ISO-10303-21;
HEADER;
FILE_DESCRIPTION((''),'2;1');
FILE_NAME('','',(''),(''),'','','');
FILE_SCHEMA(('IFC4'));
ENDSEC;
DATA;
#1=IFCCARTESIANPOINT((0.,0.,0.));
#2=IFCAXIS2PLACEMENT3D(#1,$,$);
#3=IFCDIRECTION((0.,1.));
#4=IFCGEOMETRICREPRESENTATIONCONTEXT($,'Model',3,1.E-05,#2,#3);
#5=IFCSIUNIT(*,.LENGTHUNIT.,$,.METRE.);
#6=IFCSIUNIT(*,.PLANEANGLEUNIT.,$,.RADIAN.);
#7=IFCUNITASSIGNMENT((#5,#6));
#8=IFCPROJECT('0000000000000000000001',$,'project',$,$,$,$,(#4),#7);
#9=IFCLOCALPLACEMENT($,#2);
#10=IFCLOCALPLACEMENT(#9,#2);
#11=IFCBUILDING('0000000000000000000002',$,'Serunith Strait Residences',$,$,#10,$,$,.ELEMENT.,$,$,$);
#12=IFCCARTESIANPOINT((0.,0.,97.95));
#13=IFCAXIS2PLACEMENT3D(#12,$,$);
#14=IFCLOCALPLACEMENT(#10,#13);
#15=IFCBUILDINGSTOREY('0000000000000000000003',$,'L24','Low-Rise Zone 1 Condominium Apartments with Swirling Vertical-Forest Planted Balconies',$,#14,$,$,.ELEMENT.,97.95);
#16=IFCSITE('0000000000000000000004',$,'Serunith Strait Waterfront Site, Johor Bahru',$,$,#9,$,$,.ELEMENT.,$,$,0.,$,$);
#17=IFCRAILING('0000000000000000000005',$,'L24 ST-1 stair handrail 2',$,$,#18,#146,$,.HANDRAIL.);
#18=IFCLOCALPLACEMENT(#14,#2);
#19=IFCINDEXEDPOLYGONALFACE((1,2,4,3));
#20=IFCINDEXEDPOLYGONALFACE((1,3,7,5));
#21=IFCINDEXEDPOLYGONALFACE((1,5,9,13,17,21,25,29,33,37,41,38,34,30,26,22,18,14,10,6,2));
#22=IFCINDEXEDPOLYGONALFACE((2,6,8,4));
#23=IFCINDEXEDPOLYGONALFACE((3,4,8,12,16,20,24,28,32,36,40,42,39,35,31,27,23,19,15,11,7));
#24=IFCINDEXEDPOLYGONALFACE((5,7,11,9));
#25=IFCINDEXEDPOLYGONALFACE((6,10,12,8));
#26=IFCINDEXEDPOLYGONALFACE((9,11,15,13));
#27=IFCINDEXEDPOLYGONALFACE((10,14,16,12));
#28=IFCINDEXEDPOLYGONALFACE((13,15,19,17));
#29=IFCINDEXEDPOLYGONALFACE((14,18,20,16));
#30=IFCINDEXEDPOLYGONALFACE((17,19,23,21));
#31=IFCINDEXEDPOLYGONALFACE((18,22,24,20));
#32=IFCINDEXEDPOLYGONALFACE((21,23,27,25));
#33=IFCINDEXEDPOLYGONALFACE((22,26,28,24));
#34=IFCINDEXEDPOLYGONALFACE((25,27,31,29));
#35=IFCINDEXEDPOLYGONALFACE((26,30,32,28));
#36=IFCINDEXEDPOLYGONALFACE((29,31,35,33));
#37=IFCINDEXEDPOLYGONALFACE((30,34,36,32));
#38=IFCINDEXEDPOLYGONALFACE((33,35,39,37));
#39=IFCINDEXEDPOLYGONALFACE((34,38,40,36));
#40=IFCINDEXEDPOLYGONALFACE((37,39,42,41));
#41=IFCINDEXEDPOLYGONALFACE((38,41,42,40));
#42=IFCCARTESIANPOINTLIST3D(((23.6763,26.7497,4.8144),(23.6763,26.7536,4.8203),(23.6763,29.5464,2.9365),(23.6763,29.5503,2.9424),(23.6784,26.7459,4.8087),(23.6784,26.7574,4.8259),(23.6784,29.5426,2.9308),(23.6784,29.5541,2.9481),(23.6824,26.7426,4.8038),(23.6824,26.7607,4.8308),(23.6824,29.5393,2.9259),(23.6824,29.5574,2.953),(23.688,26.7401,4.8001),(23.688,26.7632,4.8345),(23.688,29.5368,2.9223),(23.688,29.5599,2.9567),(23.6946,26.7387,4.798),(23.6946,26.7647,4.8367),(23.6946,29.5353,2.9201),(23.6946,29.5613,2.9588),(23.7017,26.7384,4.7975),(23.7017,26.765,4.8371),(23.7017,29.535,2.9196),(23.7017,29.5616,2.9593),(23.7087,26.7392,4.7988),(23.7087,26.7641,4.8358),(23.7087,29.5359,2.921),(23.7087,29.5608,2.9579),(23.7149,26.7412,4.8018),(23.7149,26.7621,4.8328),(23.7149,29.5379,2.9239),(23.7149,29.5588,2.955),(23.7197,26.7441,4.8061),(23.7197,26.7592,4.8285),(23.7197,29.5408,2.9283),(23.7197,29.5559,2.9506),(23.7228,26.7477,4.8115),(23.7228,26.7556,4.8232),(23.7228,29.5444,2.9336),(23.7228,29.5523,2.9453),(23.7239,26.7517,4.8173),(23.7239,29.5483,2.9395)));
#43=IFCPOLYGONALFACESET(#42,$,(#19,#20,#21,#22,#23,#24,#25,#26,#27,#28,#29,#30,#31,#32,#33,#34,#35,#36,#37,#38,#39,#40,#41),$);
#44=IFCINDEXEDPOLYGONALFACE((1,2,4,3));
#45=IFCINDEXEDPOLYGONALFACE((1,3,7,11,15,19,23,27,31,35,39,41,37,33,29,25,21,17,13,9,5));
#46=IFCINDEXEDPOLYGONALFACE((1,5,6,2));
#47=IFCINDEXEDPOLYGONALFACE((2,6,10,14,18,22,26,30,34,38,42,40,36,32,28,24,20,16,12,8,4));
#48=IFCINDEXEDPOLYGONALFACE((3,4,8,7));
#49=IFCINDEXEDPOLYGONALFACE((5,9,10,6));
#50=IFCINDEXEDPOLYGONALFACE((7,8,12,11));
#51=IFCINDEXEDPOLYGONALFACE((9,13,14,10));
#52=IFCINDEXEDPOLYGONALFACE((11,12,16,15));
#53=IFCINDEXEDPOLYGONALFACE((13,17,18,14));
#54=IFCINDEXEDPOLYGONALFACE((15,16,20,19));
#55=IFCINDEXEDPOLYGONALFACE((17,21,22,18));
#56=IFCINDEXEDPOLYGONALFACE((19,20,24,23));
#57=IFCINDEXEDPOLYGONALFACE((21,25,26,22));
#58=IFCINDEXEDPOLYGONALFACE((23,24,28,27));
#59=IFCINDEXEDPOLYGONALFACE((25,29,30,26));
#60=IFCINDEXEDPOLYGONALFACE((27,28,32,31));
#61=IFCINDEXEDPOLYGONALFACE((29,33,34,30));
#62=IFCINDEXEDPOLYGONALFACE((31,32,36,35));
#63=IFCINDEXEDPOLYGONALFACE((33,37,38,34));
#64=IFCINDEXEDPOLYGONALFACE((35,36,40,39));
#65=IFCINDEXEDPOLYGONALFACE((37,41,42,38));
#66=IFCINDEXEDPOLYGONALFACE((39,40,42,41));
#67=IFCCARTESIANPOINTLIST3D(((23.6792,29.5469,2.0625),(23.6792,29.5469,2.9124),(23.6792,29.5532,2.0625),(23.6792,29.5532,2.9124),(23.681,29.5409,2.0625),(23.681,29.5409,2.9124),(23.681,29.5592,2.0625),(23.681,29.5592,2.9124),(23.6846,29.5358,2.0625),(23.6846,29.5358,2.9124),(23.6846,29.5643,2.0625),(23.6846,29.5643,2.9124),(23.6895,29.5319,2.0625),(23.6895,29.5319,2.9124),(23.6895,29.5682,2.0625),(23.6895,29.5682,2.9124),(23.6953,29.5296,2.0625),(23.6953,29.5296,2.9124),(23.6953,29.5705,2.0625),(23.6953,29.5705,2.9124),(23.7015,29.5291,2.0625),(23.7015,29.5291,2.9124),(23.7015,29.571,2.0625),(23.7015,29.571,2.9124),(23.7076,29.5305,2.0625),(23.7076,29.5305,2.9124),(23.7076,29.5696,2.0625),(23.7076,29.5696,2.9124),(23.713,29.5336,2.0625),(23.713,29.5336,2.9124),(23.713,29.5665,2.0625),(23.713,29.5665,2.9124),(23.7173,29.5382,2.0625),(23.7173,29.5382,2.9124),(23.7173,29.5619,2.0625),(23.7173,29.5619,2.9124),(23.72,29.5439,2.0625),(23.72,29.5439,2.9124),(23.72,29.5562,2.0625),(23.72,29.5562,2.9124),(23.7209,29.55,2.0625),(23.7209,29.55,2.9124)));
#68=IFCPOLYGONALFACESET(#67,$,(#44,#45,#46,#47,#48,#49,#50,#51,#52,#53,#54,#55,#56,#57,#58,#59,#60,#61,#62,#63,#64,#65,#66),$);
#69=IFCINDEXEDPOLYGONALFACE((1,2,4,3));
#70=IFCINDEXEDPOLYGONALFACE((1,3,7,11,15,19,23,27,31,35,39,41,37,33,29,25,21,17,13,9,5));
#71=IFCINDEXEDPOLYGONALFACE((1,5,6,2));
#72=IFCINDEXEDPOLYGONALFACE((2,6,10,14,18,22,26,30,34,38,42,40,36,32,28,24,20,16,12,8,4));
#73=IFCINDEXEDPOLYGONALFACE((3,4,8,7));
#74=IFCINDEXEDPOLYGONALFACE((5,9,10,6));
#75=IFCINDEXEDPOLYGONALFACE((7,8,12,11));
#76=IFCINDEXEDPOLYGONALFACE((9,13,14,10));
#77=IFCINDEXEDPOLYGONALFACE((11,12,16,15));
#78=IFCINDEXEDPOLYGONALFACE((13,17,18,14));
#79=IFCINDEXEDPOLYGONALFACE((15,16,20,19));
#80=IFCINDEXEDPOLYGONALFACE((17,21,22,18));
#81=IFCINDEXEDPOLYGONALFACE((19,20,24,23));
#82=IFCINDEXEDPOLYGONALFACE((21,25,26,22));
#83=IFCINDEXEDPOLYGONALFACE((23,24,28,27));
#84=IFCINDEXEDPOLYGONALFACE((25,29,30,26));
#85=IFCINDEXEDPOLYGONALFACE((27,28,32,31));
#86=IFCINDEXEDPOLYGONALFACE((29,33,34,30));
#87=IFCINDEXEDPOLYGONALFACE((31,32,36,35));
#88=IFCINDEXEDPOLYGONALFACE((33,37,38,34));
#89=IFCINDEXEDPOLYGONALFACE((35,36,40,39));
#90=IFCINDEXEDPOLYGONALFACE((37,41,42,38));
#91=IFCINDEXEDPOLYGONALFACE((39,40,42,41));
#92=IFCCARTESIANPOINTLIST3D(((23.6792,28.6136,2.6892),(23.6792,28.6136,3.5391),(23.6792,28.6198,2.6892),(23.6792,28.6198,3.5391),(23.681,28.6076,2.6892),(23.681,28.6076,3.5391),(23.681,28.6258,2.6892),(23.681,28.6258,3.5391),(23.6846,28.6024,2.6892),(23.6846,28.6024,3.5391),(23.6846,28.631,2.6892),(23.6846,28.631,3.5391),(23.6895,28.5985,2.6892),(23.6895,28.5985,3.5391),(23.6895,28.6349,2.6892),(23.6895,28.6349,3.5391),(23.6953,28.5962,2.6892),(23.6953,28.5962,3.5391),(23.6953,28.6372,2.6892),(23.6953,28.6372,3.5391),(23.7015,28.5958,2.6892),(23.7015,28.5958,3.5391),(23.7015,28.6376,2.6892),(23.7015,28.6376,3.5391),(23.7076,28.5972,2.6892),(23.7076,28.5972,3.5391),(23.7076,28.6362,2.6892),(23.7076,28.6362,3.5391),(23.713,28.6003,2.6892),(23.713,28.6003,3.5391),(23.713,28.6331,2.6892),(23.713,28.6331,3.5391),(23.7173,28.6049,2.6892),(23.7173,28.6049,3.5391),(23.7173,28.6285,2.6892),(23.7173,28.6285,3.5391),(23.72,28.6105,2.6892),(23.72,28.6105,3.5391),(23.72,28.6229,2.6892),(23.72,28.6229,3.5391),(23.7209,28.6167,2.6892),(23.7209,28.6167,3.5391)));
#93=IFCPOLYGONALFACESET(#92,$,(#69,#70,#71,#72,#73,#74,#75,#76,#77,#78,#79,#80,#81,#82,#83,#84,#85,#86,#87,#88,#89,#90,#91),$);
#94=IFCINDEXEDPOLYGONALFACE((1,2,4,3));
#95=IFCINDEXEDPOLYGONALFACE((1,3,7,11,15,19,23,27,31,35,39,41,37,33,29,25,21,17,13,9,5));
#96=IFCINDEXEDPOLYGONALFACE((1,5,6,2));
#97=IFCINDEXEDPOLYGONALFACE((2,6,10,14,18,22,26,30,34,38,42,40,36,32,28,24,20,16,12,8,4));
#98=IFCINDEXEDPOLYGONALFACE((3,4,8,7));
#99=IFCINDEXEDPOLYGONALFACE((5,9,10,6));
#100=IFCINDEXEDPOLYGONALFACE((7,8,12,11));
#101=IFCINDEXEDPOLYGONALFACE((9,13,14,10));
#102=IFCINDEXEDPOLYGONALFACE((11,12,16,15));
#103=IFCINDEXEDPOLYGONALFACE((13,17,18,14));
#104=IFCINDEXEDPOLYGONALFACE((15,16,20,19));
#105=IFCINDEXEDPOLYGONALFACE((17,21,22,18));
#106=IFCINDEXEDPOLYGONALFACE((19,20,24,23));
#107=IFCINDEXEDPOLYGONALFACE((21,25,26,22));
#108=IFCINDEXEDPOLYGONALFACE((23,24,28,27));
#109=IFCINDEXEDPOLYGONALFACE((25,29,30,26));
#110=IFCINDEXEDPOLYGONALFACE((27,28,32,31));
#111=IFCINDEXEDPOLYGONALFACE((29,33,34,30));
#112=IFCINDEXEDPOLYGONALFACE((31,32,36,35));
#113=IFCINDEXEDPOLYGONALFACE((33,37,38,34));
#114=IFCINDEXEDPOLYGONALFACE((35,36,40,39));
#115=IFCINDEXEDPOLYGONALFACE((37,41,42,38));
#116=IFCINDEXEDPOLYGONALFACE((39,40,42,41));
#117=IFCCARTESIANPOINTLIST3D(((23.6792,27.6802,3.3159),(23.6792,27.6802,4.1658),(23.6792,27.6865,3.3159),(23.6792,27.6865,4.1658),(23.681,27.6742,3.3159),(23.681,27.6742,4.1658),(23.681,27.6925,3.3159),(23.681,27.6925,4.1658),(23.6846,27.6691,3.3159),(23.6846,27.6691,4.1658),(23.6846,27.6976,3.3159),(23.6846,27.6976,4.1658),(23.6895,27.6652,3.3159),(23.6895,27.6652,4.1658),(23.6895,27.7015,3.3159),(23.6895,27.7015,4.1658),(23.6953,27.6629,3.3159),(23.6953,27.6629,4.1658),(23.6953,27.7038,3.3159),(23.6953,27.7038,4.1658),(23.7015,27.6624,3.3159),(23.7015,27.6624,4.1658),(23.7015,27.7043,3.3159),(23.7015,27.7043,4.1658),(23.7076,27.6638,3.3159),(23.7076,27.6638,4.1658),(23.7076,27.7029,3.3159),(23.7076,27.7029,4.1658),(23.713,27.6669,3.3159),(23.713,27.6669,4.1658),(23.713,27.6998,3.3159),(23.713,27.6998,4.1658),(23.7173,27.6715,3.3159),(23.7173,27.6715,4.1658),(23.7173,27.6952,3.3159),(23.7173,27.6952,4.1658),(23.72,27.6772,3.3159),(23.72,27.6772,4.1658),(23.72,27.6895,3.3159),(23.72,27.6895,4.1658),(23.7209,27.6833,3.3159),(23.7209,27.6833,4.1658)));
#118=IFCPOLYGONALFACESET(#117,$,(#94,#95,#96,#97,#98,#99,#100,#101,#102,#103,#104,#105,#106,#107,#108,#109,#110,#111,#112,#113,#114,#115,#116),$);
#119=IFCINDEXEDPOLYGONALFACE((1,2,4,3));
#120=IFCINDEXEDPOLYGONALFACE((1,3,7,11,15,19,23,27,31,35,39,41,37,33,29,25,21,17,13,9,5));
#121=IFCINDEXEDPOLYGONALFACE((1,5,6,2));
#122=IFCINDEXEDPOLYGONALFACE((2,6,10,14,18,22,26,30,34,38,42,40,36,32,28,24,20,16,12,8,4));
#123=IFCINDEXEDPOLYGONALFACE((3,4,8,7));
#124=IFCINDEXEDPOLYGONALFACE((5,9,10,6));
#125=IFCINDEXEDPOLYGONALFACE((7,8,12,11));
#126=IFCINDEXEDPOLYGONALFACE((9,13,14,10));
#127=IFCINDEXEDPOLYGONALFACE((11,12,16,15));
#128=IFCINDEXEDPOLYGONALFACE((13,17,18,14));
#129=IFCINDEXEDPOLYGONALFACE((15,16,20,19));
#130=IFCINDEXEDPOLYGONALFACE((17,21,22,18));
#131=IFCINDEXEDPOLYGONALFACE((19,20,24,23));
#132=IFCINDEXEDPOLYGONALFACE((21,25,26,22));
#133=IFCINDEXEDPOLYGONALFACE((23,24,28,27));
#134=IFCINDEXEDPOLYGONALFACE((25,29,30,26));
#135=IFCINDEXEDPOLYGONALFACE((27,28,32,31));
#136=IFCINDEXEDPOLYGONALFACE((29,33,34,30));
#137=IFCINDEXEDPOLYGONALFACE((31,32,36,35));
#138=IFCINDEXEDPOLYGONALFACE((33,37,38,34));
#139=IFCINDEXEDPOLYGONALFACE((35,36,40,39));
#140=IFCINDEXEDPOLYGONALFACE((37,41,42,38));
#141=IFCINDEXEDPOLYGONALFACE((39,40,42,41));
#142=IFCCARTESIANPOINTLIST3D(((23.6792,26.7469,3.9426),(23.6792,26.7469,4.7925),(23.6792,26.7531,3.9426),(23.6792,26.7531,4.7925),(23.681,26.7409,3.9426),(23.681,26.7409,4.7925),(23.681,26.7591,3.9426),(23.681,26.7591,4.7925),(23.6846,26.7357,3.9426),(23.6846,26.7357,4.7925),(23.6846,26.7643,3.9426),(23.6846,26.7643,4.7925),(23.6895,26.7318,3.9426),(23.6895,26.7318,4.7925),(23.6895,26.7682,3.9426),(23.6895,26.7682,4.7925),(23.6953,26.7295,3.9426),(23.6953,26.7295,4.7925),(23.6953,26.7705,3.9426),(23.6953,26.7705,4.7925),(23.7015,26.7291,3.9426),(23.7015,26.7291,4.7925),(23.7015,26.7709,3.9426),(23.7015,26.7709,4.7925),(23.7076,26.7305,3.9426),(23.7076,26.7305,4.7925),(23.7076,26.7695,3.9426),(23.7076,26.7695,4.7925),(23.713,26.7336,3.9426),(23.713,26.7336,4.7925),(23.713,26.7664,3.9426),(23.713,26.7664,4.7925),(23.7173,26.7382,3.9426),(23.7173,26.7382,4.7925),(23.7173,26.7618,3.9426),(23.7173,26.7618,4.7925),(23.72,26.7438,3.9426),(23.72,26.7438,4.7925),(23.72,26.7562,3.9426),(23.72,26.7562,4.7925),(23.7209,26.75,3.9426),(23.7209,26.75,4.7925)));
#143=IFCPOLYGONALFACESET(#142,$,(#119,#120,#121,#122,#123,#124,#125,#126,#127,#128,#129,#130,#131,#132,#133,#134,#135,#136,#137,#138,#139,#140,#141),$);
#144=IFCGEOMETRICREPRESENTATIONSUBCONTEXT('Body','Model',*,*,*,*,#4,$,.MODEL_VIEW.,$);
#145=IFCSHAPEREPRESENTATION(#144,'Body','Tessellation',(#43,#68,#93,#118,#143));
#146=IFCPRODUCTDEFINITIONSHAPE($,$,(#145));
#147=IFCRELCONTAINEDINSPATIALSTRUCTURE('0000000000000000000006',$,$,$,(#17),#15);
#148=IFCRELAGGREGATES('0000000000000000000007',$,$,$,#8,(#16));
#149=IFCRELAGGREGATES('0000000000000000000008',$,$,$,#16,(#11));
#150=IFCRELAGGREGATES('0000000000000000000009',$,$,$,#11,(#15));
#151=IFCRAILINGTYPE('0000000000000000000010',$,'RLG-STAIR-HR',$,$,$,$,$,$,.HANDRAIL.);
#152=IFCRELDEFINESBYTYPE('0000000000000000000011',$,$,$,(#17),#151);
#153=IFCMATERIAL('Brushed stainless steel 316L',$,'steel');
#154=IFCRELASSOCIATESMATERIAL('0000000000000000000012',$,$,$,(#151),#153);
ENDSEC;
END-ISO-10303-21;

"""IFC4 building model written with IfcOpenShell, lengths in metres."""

from ifc_helpers import new_model, si_unit, direction, frame, origin, origin_2d, place, context, subcontext, project, spatial, circle, extrude, material, type_object, element, save


model = new_model("IFC4")

# Units and contexts
model_context = context("Model", 3, precision=1e-05, world=origin(), true_north=direction((0.0, 1.0)))
body_context = subcontext(model_context, "Body", "Model", "MODEL_VIEW")
ifc_project = project(units=[si_unit("LENGTHUNIT", "METRE"), si_unit("PLANEANGLEUNIT", "RADIAN")], contexts=[model_context])

# Site, building, storey
site_placement = place(None, origin())
site = spatial("IfcSite", under=ifc_project, at=site_placement, Name="Serunith Strait Waterfront Site, Johor Bahru", CompositionType="ELEMENT", RefElevation=0.0)
building_placement = place(site_placement, origin())
building = spatial("IfcBuilding", under=site, at=building_placement, Name="Serunith Strait Residences", CompositionType="ELEMENT")
storey_placement = place(building_placement, frame((0.0, 0.0, 97.95)))
storey = spatial("IfcBuildingStorey", under=building, at=storey_placement, Name="L24", Description="Low-Rise Zone 1 Condominium Apartments with Swirling Vertical-Forest Planted Balconies", CompositionType="ELEMENT", Elevation=97.95)

# Railing
ifc_material_1 = material(Name="Brushed stainless steel 316L", Category="steel")
railing_type_1 = type_object("IfcRailingType", Name="RLG-STAIR-HR", PredefinedType="HANDRAIL", material=ifc_material_1)
railing_1_placement = place(storey_placement, frame((23.7, 29.55, 2.0625)))
element("IfcRailing", 1, at=railing_1_placement, inside=storey, type_object=railing_type_1, Name="L24 ST-1 stair handrail 2", PredefinedType="HANDRAIL", context=body_context, shape_type="SweptSolid", body=[
    extrude(circle(Radius=0.0239, at=origin_2d()), frame((0.0, -0.0017, 0.877), z_axis=(0.0, -0.830208, 0.557453), x_axis=(1.0, 0.0, 0.0)), (0.0, 0.0, 1.0), 3.3687),
    extrude(circle(Radius=0.021, at=origin_2d()), origin(), (0.0, 0.0, 1.0), 0.8499),
    extrude(circle(Radius=0.021, at=origin_2d()), frame((0.0, -0.9333, 0.6267)), (0.0, 0.0, 1.0), 0.8499),
    extrude(circle(Radius=0.021, at=origin_2d()), frame((0.0, -1.8667, 1.2534)), (0.0, 0.0, 1.0), 0.8499),
    extrude(circle(Radius=0.021, at=origin_2d()), frame((0.0, -2.8, 1.8801)), (0.0, 0.0, 1.0), 0.8499),
])

save(model, "model.ifc")
